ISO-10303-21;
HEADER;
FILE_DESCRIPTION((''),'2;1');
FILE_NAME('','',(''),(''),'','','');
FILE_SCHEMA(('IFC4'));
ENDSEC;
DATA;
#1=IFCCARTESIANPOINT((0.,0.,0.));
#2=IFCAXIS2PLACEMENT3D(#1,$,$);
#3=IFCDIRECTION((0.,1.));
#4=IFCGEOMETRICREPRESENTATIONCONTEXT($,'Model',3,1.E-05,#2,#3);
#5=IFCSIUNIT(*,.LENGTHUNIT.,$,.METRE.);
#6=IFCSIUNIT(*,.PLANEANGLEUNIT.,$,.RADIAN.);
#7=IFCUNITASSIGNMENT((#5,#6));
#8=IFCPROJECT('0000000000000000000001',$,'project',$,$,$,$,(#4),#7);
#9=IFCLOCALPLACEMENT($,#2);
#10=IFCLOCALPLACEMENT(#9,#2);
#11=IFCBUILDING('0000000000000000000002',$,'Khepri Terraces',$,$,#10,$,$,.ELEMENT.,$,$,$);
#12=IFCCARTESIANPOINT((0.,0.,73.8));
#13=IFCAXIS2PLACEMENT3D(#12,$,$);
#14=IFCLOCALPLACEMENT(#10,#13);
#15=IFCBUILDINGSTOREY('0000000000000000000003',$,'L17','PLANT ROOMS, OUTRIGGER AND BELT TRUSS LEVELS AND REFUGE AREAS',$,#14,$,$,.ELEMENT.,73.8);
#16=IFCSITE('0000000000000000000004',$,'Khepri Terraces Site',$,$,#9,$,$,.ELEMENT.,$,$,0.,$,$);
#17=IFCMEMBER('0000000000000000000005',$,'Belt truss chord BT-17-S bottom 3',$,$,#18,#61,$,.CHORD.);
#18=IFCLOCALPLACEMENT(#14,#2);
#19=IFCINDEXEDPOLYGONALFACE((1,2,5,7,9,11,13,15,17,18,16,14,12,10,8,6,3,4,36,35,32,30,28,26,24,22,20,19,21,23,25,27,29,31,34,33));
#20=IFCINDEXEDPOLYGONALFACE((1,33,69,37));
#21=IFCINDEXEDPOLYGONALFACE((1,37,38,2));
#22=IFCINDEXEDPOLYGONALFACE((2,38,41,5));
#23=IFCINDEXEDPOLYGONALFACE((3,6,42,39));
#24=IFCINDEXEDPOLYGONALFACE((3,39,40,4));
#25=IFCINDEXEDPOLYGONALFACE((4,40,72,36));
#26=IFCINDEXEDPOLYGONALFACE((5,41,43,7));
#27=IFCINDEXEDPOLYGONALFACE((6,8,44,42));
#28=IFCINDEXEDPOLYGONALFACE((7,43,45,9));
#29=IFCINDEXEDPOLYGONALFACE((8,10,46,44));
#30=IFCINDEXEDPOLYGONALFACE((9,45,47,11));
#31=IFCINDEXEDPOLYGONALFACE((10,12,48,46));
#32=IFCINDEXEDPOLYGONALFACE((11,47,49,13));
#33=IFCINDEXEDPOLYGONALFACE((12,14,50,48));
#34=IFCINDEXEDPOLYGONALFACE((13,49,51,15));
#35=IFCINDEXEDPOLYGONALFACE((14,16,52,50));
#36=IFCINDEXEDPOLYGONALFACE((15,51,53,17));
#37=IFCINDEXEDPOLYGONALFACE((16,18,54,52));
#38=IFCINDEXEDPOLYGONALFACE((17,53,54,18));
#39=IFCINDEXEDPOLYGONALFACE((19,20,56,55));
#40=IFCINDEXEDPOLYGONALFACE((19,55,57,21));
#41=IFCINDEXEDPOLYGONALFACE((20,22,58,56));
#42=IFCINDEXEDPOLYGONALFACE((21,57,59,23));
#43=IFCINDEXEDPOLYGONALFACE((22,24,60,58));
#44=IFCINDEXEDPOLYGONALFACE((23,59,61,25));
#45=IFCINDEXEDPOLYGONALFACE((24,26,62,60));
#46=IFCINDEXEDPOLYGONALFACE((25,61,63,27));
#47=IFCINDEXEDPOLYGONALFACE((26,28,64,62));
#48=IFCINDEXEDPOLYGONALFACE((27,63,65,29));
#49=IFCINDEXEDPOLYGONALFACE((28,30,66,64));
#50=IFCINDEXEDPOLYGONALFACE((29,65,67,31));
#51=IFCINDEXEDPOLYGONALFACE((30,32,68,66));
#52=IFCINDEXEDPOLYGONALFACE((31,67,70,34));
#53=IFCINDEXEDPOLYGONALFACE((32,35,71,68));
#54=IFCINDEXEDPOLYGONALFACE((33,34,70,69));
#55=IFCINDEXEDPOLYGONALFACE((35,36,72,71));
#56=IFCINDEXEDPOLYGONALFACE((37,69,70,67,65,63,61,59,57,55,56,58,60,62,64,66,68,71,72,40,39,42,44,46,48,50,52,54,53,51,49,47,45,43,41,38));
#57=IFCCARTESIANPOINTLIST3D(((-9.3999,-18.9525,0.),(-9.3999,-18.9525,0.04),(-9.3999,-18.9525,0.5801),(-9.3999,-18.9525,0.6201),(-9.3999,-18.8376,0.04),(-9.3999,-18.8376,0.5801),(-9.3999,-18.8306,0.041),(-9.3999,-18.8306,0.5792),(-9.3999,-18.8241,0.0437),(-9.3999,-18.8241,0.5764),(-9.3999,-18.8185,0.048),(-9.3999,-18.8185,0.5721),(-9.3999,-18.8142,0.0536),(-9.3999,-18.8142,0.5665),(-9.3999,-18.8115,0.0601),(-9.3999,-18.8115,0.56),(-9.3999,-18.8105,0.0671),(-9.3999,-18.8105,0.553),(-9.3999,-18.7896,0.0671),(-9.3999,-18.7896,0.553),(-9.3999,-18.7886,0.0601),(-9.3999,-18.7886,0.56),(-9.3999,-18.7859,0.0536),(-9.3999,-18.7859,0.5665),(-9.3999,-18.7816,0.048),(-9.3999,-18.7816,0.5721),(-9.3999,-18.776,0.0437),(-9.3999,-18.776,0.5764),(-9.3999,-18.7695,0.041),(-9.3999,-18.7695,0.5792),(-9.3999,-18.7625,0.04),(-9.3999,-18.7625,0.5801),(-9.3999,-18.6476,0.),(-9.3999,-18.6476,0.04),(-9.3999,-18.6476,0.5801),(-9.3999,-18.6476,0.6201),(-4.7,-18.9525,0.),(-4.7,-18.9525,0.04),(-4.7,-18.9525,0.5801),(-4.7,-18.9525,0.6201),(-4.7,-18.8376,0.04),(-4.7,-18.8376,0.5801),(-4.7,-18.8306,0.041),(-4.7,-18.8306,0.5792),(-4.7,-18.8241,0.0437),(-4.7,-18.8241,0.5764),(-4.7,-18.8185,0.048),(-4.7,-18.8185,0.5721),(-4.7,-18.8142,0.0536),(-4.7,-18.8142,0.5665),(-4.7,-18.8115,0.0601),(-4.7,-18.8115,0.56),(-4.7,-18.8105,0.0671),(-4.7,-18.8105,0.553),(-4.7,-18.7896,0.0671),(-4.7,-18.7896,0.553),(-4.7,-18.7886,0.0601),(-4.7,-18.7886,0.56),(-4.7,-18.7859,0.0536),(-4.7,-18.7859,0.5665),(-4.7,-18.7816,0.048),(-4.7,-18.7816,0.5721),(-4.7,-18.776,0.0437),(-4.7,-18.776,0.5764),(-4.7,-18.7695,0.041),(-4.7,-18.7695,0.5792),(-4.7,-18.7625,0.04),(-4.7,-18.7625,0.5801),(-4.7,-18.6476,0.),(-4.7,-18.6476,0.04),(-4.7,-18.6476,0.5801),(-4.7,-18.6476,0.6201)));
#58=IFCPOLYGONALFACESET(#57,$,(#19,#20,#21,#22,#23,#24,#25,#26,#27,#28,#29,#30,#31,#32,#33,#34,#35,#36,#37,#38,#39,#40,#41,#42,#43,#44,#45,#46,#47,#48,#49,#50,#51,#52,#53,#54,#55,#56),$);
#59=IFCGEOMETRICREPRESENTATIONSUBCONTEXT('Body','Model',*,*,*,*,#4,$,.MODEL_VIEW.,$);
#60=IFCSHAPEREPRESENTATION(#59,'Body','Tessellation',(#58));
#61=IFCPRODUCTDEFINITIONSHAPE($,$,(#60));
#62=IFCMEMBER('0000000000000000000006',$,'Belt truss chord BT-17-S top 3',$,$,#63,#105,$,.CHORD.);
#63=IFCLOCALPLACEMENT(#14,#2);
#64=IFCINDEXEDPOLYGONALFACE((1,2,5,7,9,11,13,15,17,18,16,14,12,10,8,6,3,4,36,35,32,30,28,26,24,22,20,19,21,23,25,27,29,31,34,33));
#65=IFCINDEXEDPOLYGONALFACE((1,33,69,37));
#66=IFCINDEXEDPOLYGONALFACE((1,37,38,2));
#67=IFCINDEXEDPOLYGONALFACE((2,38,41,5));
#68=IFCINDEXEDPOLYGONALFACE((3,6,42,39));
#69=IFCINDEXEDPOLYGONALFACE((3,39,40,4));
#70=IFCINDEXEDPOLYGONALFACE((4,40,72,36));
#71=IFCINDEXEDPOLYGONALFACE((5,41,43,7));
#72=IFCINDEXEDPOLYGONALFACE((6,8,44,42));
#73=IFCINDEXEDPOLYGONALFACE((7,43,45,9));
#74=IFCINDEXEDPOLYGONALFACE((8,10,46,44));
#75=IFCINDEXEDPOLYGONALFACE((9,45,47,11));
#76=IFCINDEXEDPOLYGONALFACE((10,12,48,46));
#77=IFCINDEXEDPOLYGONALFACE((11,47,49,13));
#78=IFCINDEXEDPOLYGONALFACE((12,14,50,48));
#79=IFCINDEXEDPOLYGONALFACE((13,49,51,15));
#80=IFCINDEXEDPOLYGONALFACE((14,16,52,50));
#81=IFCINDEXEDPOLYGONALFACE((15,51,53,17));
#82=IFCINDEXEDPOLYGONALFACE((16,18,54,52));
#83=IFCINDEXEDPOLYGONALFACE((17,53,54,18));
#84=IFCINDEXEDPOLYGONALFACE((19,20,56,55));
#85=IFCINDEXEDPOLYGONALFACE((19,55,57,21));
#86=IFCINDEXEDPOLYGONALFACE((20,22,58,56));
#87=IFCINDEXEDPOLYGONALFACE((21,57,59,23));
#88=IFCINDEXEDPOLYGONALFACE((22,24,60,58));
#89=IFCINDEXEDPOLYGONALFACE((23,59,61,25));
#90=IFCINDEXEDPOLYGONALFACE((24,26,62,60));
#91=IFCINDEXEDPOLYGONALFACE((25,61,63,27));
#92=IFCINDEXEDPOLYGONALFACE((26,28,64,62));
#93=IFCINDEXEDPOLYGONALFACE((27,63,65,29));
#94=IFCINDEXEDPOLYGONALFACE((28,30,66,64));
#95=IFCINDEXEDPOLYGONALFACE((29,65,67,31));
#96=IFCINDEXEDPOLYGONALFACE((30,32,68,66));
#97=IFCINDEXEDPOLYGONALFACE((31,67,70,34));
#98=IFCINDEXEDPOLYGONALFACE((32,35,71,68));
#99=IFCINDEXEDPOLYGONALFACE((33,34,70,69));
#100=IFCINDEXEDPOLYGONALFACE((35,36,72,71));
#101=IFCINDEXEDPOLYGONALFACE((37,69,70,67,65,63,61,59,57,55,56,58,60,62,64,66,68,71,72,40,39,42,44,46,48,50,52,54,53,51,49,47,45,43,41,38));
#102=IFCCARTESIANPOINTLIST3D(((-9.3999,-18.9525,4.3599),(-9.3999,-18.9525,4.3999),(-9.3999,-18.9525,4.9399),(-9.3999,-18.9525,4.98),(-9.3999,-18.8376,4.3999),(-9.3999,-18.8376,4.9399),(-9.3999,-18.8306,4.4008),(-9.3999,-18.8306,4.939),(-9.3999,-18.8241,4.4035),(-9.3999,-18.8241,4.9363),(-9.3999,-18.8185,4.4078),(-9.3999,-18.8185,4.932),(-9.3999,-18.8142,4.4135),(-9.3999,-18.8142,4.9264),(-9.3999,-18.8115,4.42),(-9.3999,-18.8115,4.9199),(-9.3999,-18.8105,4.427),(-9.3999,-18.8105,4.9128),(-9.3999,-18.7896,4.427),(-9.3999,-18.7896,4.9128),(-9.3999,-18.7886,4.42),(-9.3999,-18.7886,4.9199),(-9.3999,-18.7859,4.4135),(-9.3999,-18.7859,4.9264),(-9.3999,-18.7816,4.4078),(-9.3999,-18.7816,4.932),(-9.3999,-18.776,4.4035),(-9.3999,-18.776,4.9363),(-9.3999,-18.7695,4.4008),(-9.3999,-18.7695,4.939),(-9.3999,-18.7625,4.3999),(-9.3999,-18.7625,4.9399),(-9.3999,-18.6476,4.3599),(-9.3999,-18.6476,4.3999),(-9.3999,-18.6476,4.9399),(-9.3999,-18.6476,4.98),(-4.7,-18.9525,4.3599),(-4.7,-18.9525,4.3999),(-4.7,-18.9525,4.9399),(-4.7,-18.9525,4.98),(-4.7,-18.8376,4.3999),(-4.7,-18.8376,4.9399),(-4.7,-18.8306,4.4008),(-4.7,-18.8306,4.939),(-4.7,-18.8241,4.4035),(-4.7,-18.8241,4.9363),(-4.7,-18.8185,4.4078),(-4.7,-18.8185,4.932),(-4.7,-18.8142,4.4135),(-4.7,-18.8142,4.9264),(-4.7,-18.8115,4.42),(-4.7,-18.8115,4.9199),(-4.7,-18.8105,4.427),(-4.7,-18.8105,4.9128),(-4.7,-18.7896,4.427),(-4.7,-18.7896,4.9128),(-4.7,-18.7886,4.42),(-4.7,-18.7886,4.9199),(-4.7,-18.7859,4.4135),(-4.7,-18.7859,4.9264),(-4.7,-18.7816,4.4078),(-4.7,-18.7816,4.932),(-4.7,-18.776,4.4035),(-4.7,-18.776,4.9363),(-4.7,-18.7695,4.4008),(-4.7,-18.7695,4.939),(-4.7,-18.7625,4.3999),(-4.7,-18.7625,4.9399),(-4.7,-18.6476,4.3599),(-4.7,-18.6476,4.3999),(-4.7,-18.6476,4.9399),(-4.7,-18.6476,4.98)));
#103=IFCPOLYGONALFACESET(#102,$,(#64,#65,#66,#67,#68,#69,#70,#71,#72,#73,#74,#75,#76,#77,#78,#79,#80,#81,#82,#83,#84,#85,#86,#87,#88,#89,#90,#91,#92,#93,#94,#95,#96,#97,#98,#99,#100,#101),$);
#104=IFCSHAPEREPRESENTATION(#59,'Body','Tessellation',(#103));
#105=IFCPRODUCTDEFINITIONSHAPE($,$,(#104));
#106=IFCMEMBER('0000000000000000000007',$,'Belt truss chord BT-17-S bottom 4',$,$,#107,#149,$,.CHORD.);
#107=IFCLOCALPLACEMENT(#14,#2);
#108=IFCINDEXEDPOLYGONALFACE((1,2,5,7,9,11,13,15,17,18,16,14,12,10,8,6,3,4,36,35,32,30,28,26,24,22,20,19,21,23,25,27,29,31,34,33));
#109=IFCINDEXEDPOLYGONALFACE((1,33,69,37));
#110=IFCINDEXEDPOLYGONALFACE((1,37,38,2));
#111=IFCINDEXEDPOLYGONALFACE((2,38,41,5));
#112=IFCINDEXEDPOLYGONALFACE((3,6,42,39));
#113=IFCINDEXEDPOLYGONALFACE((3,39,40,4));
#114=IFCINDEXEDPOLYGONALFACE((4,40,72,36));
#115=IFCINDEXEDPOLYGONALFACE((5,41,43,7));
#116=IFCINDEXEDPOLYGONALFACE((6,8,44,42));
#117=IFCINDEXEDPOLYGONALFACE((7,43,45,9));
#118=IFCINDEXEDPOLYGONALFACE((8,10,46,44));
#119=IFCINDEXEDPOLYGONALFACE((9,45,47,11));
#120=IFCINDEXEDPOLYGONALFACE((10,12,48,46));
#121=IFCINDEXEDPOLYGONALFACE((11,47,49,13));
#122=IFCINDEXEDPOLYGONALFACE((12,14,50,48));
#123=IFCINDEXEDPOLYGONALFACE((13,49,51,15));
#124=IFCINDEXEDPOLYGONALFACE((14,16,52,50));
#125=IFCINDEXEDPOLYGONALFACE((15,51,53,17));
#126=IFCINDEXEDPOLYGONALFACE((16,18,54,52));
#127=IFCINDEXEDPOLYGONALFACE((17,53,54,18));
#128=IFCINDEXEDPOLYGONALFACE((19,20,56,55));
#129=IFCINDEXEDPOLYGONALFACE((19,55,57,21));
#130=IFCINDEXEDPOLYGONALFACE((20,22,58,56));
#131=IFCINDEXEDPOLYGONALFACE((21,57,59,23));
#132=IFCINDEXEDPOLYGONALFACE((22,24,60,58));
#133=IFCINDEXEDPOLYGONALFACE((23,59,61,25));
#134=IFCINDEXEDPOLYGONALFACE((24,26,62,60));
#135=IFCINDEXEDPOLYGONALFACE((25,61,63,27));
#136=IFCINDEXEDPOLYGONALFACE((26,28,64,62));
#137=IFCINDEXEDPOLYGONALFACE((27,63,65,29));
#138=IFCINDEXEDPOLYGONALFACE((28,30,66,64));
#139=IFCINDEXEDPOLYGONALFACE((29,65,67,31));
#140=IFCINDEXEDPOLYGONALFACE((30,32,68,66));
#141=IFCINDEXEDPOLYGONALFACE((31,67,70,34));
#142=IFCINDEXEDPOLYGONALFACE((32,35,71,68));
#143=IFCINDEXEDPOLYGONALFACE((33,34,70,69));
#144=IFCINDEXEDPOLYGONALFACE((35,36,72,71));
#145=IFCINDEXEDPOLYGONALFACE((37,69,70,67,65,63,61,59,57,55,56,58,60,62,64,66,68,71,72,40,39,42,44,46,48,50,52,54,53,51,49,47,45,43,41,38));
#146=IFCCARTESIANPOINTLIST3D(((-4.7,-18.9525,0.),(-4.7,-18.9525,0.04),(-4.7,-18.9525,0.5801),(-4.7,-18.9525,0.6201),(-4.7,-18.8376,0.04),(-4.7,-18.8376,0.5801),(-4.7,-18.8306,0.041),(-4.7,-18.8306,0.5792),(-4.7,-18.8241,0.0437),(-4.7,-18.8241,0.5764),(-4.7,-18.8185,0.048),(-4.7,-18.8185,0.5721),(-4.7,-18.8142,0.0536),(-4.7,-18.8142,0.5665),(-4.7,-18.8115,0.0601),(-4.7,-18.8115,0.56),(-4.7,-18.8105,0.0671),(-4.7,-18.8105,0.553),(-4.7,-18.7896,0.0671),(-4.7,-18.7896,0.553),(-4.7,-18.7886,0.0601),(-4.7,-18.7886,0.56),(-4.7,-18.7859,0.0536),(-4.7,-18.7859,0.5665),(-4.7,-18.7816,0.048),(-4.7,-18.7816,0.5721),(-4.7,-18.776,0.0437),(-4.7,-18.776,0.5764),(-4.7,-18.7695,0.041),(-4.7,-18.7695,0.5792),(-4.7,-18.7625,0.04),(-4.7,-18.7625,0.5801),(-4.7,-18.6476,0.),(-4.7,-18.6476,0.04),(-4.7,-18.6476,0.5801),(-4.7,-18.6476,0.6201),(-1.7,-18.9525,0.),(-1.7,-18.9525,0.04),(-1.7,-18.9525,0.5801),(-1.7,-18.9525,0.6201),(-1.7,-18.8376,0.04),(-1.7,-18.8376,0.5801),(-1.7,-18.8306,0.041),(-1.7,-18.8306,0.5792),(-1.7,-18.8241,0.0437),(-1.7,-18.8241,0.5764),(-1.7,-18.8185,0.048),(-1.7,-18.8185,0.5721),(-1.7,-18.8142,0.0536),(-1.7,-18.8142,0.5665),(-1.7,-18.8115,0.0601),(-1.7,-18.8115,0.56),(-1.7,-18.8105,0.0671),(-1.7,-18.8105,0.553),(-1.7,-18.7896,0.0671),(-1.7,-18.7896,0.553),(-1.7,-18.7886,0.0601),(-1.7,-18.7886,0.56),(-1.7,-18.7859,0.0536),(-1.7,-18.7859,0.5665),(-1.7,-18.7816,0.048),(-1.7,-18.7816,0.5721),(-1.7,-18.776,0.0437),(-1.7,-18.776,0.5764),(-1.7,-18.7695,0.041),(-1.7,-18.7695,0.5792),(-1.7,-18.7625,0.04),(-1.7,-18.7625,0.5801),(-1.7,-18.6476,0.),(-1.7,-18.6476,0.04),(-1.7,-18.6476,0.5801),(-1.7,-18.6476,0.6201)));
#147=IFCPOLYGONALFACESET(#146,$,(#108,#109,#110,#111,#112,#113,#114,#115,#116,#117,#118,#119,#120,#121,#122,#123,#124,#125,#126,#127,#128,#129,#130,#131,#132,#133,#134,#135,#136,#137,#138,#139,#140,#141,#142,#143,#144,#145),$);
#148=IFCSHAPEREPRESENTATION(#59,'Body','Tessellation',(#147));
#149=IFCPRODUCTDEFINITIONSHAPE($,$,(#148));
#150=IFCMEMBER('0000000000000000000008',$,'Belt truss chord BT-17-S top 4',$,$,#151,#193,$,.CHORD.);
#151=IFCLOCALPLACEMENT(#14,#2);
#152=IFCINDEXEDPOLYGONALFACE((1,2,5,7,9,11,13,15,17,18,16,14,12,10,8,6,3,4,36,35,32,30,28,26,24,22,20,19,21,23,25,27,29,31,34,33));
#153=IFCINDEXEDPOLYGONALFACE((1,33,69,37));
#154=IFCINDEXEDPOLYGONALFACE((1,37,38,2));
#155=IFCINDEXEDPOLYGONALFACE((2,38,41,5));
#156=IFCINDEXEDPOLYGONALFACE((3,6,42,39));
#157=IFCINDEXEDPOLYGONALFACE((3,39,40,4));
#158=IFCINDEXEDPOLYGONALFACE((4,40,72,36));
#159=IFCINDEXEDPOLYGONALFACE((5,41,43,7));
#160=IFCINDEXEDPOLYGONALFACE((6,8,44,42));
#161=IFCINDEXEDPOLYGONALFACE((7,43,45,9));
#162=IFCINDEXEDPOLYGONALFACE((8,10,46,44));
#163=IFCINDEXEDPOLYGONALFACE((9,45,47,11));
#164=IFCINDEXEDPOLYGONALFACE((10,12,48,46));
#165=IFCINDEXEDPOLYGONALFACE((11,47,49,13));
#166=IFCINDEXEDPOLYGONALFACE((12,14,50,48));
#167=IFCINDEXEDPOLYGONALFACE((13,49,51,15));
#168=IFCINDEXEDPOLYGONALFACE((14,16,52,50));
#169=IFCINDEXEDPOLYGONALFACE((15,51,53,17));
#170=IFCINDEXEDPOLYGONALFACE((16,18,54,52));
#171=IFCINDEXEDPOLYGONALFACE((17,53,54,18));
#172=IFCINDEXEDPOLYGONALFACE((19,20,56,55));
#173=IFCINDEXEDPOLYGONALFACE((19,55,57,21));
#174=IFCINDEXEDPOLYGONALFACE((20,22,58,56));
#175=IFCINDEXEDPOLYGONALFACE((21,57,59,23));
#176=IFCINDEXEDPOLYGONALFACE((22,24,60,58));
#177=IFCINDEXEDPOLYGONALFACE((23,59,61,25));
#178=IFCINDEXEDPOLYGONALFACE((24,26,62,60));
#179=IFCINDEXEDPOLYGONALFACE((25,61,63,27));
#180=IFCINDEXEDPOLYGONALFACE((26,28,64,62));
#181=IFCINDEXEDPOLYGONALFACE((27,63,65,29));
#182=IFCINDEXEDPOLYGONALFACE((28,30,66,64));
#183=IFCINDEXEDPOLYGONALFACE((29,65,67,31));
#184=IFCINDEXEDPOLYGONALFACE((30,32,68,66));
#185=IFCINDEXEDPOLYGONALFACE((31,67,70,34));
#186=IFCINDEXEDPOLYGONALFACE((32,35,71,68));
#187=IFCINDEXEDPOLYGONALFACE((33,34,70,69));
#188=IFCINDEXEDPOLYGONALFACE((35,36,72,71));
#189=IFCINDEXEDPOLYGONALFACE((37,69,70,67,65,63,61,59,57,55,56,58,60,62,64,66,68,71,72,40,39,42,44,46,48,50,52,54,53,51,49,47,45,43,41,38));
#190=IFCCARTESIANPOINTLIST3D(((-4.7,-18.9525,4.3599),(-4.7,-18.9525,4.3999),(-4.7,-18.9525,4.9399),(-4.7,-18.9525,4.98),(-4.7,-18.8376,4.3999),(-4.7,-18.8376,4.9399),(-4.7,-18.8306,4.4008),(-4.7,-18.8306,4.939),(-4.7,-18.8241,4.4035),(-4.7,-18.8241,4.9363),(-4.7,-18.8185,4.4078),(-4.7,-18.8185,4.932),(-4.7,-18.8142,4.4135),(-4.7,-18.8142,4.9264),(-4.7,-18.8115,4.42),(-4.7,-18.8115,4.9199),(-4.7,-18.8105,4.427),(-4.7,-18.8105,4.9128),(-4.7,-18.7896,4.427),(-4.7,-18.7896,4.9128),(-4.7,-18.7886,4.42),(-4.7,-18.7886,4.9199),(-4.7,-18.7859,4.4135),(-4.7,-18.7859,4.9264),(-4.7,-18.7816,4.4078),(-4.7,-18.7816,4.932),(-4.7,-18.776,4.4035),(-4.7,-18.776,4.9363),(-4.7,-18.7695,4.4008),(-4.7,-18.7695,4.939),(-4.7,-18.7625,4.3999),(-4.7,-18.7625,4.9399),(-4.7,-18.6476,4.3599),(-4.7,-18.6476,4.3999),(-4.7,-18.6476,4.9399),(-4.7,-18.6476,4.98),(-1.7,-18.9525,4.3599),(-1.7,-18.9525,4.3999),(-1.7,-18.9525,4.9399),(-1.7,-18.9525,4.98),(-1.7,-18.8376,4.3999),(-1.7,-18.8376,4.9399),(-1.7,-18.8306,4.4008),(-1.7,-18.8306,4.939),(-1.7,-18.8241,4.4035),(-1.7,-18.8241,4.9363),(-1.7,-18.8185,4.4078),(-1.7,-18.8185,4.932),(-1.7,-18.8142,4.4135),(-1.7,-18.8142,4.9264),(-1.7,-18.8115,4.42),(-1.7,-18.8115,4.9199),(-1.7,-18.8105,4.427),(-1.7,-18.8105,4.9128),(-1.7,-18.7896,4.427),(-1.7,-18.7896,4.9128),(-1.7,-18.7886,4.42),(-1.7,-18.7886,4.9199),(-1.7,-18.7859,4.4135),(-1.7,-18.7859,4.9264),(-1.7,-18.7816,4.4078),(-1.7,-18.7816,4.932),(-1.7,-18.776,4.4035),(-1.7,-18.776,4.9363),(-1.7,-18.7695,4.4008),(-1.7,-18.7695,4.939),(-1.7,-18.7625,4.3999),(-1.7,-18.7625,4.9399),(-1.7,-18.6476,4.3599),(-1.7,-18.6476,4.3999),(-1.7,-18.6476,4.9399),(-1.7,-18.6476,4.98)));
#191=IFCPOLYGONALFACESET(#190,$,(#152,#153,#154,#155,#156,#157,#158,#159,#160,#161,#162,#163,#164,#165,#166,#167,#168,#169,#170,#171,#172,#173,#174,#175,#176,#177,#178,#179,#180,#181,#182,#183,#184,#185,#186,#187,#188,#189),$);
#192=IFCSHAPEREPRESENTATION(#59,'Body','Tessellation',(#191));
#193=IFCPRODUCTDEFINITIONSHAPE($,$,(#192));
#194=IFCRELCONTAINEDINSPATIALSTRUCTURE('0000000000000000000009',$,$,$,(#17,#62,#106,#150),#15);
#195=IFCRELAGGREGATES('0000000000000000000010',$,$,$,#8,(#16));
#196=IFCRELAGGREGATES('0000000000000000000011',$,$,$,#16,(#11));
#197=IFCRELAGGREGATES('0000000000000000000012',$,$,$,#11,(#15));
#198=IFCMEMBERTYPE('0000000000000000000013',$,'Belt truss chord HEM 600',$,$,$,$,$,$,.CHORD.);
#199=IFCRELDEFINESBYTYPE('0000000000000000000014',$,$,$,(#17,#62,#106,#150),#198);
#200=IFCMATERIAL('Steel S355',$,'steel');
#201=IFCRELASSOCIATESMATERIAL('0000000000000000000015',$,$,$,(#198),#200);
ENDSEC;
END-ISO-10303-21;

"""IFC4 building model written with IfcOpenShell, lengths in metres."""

from ifc_helpers import new_model, si_unit, direction, frame, origin, origin_2d, place, context, subcontext, project, spatial, i_section, extrude, material, material_profile, profile_set, type_object, element, save


model = new_model("IFC4")

# Units and contexts
model_context = context("Model", 3, precision=1e-05, world=origin(), true_north=direction((0.0, 1.0)))
body_context = subcontext(model_context, "Body", "Model", "MODEL_VIEW")
ifc_project = project(units=[si_unit("LENGTHUNIT", "METRE"), si_unit("PLANEANGLEUNIT", "RADIAN")], contexts=[model_context])

# Site, building, storey
site_placement = place(None, origin())
site = spatial("IfcSite", under=ifc_project, at=site_placement, Name="Khepri Terraces Site", CompositionType="ELEMENT", RefElevation=0.0)
building_placement = place(site_placement, origin())
building = spatial("IfcBuilding", under=site, at=building_placement, Name="Khepri Terraces", CompositionType="ELEMENT")
storey_placement = place(building_placement, frame((0.0, 0.0, 73.8)))
storey = spatial("IfcBuildingStorey", under=building, at=storey_placement, Name="L17", Description="PLANT ROOMS, OUTRIGGER AND BELT TRUSS LEVELS AND REFUGE AREAS", CompositionType="ELEMENT", Elevation=73.8)

# Members
ifc_material_1 = material(Name="Steel S355", Category="steel")
ifc_material_profile_1 = material_profile(ifc_material_1, i_section(OverallWidth=0.3049, OverallDepth=0.6201, WebThickness=0.021, FlangeThickness=0.04, FilletRadius=0.0271, at=origin_2d()), Name="Steel S355", Category="steel")
ifc_profile_set_1 = profile_set([ifc_material_profile_1], Name="Steel S355")
member_type_1 = type_object("IfcMemberType", Name="Belt truss chord HEM 600", PredefinedType="CHORD", material=ifc_profile_set_1)
for number, where, z_axis, x_axis, name in (
    (1, (-9.3999, -18.8, 0.3101), (1.0, 0.0, 0.0), (0.0, 1.0, 0.0), "Belt truss chord BT-17-S bottom 3"),
    (2, (-9.3999, -18.8, 4.6699), (1.0, 0.0, 0.0), (0.0, 1.0, 0.0), "Belt truss chord BT-17-S top 3"),
):
    element("IfcMember", number, at=place(storey_placement, frame(where, z_axis=z_axis, x_axis=x_axis)), inside=storey, type_object=member_type_1, Name=name, PredefinedType="CHORD", context=body_context, shape_type="SweptSolid", body=[
        extrude(i_section(OverallWidth=0.3049, OverallDepth=0.6201, WebThickness=0.021, FlangeThickness=0.04, FilletRadius=0.0271, at=origin_2d()), origin(), (0.0, 0.0, 1.0), 4.7),
    ])
for number, where, z_axis, x_axis, name in (
    (3, (-4.7, -18.8, 0.3101), (1.0, 0.0, 0.0), (0.0, 1.0, 0.0), "Belt truss chord BT-17-S bottom 4"),
    (4, (-4.7, -18.8, 4.6699), (1.0, 0.0, 0.0), (0.0, 1.0, 0.0), "Belt truss chord BT-17-S top 4"),
):
    element("IfcMember", number, at=place(storey_placement, frame(where, z_axis=z_axis, x_axis=x_axis)), inside=storey, type_object=member_type_1, Name=name, PredefinedType="CHORD", context=body_context, shape_type="SweptSolid", body=[
        extrude(i_section(OverallWidth=0.3049, OverallDepth=0.6201, WebThickness=0.021, FlangeThickness=0.04, FilletRadius=0.0271, at=origin_2d()), origin(), (0.0, 0.0, 1.0), 3.0),
    ])

save(model, "model.ifc")
